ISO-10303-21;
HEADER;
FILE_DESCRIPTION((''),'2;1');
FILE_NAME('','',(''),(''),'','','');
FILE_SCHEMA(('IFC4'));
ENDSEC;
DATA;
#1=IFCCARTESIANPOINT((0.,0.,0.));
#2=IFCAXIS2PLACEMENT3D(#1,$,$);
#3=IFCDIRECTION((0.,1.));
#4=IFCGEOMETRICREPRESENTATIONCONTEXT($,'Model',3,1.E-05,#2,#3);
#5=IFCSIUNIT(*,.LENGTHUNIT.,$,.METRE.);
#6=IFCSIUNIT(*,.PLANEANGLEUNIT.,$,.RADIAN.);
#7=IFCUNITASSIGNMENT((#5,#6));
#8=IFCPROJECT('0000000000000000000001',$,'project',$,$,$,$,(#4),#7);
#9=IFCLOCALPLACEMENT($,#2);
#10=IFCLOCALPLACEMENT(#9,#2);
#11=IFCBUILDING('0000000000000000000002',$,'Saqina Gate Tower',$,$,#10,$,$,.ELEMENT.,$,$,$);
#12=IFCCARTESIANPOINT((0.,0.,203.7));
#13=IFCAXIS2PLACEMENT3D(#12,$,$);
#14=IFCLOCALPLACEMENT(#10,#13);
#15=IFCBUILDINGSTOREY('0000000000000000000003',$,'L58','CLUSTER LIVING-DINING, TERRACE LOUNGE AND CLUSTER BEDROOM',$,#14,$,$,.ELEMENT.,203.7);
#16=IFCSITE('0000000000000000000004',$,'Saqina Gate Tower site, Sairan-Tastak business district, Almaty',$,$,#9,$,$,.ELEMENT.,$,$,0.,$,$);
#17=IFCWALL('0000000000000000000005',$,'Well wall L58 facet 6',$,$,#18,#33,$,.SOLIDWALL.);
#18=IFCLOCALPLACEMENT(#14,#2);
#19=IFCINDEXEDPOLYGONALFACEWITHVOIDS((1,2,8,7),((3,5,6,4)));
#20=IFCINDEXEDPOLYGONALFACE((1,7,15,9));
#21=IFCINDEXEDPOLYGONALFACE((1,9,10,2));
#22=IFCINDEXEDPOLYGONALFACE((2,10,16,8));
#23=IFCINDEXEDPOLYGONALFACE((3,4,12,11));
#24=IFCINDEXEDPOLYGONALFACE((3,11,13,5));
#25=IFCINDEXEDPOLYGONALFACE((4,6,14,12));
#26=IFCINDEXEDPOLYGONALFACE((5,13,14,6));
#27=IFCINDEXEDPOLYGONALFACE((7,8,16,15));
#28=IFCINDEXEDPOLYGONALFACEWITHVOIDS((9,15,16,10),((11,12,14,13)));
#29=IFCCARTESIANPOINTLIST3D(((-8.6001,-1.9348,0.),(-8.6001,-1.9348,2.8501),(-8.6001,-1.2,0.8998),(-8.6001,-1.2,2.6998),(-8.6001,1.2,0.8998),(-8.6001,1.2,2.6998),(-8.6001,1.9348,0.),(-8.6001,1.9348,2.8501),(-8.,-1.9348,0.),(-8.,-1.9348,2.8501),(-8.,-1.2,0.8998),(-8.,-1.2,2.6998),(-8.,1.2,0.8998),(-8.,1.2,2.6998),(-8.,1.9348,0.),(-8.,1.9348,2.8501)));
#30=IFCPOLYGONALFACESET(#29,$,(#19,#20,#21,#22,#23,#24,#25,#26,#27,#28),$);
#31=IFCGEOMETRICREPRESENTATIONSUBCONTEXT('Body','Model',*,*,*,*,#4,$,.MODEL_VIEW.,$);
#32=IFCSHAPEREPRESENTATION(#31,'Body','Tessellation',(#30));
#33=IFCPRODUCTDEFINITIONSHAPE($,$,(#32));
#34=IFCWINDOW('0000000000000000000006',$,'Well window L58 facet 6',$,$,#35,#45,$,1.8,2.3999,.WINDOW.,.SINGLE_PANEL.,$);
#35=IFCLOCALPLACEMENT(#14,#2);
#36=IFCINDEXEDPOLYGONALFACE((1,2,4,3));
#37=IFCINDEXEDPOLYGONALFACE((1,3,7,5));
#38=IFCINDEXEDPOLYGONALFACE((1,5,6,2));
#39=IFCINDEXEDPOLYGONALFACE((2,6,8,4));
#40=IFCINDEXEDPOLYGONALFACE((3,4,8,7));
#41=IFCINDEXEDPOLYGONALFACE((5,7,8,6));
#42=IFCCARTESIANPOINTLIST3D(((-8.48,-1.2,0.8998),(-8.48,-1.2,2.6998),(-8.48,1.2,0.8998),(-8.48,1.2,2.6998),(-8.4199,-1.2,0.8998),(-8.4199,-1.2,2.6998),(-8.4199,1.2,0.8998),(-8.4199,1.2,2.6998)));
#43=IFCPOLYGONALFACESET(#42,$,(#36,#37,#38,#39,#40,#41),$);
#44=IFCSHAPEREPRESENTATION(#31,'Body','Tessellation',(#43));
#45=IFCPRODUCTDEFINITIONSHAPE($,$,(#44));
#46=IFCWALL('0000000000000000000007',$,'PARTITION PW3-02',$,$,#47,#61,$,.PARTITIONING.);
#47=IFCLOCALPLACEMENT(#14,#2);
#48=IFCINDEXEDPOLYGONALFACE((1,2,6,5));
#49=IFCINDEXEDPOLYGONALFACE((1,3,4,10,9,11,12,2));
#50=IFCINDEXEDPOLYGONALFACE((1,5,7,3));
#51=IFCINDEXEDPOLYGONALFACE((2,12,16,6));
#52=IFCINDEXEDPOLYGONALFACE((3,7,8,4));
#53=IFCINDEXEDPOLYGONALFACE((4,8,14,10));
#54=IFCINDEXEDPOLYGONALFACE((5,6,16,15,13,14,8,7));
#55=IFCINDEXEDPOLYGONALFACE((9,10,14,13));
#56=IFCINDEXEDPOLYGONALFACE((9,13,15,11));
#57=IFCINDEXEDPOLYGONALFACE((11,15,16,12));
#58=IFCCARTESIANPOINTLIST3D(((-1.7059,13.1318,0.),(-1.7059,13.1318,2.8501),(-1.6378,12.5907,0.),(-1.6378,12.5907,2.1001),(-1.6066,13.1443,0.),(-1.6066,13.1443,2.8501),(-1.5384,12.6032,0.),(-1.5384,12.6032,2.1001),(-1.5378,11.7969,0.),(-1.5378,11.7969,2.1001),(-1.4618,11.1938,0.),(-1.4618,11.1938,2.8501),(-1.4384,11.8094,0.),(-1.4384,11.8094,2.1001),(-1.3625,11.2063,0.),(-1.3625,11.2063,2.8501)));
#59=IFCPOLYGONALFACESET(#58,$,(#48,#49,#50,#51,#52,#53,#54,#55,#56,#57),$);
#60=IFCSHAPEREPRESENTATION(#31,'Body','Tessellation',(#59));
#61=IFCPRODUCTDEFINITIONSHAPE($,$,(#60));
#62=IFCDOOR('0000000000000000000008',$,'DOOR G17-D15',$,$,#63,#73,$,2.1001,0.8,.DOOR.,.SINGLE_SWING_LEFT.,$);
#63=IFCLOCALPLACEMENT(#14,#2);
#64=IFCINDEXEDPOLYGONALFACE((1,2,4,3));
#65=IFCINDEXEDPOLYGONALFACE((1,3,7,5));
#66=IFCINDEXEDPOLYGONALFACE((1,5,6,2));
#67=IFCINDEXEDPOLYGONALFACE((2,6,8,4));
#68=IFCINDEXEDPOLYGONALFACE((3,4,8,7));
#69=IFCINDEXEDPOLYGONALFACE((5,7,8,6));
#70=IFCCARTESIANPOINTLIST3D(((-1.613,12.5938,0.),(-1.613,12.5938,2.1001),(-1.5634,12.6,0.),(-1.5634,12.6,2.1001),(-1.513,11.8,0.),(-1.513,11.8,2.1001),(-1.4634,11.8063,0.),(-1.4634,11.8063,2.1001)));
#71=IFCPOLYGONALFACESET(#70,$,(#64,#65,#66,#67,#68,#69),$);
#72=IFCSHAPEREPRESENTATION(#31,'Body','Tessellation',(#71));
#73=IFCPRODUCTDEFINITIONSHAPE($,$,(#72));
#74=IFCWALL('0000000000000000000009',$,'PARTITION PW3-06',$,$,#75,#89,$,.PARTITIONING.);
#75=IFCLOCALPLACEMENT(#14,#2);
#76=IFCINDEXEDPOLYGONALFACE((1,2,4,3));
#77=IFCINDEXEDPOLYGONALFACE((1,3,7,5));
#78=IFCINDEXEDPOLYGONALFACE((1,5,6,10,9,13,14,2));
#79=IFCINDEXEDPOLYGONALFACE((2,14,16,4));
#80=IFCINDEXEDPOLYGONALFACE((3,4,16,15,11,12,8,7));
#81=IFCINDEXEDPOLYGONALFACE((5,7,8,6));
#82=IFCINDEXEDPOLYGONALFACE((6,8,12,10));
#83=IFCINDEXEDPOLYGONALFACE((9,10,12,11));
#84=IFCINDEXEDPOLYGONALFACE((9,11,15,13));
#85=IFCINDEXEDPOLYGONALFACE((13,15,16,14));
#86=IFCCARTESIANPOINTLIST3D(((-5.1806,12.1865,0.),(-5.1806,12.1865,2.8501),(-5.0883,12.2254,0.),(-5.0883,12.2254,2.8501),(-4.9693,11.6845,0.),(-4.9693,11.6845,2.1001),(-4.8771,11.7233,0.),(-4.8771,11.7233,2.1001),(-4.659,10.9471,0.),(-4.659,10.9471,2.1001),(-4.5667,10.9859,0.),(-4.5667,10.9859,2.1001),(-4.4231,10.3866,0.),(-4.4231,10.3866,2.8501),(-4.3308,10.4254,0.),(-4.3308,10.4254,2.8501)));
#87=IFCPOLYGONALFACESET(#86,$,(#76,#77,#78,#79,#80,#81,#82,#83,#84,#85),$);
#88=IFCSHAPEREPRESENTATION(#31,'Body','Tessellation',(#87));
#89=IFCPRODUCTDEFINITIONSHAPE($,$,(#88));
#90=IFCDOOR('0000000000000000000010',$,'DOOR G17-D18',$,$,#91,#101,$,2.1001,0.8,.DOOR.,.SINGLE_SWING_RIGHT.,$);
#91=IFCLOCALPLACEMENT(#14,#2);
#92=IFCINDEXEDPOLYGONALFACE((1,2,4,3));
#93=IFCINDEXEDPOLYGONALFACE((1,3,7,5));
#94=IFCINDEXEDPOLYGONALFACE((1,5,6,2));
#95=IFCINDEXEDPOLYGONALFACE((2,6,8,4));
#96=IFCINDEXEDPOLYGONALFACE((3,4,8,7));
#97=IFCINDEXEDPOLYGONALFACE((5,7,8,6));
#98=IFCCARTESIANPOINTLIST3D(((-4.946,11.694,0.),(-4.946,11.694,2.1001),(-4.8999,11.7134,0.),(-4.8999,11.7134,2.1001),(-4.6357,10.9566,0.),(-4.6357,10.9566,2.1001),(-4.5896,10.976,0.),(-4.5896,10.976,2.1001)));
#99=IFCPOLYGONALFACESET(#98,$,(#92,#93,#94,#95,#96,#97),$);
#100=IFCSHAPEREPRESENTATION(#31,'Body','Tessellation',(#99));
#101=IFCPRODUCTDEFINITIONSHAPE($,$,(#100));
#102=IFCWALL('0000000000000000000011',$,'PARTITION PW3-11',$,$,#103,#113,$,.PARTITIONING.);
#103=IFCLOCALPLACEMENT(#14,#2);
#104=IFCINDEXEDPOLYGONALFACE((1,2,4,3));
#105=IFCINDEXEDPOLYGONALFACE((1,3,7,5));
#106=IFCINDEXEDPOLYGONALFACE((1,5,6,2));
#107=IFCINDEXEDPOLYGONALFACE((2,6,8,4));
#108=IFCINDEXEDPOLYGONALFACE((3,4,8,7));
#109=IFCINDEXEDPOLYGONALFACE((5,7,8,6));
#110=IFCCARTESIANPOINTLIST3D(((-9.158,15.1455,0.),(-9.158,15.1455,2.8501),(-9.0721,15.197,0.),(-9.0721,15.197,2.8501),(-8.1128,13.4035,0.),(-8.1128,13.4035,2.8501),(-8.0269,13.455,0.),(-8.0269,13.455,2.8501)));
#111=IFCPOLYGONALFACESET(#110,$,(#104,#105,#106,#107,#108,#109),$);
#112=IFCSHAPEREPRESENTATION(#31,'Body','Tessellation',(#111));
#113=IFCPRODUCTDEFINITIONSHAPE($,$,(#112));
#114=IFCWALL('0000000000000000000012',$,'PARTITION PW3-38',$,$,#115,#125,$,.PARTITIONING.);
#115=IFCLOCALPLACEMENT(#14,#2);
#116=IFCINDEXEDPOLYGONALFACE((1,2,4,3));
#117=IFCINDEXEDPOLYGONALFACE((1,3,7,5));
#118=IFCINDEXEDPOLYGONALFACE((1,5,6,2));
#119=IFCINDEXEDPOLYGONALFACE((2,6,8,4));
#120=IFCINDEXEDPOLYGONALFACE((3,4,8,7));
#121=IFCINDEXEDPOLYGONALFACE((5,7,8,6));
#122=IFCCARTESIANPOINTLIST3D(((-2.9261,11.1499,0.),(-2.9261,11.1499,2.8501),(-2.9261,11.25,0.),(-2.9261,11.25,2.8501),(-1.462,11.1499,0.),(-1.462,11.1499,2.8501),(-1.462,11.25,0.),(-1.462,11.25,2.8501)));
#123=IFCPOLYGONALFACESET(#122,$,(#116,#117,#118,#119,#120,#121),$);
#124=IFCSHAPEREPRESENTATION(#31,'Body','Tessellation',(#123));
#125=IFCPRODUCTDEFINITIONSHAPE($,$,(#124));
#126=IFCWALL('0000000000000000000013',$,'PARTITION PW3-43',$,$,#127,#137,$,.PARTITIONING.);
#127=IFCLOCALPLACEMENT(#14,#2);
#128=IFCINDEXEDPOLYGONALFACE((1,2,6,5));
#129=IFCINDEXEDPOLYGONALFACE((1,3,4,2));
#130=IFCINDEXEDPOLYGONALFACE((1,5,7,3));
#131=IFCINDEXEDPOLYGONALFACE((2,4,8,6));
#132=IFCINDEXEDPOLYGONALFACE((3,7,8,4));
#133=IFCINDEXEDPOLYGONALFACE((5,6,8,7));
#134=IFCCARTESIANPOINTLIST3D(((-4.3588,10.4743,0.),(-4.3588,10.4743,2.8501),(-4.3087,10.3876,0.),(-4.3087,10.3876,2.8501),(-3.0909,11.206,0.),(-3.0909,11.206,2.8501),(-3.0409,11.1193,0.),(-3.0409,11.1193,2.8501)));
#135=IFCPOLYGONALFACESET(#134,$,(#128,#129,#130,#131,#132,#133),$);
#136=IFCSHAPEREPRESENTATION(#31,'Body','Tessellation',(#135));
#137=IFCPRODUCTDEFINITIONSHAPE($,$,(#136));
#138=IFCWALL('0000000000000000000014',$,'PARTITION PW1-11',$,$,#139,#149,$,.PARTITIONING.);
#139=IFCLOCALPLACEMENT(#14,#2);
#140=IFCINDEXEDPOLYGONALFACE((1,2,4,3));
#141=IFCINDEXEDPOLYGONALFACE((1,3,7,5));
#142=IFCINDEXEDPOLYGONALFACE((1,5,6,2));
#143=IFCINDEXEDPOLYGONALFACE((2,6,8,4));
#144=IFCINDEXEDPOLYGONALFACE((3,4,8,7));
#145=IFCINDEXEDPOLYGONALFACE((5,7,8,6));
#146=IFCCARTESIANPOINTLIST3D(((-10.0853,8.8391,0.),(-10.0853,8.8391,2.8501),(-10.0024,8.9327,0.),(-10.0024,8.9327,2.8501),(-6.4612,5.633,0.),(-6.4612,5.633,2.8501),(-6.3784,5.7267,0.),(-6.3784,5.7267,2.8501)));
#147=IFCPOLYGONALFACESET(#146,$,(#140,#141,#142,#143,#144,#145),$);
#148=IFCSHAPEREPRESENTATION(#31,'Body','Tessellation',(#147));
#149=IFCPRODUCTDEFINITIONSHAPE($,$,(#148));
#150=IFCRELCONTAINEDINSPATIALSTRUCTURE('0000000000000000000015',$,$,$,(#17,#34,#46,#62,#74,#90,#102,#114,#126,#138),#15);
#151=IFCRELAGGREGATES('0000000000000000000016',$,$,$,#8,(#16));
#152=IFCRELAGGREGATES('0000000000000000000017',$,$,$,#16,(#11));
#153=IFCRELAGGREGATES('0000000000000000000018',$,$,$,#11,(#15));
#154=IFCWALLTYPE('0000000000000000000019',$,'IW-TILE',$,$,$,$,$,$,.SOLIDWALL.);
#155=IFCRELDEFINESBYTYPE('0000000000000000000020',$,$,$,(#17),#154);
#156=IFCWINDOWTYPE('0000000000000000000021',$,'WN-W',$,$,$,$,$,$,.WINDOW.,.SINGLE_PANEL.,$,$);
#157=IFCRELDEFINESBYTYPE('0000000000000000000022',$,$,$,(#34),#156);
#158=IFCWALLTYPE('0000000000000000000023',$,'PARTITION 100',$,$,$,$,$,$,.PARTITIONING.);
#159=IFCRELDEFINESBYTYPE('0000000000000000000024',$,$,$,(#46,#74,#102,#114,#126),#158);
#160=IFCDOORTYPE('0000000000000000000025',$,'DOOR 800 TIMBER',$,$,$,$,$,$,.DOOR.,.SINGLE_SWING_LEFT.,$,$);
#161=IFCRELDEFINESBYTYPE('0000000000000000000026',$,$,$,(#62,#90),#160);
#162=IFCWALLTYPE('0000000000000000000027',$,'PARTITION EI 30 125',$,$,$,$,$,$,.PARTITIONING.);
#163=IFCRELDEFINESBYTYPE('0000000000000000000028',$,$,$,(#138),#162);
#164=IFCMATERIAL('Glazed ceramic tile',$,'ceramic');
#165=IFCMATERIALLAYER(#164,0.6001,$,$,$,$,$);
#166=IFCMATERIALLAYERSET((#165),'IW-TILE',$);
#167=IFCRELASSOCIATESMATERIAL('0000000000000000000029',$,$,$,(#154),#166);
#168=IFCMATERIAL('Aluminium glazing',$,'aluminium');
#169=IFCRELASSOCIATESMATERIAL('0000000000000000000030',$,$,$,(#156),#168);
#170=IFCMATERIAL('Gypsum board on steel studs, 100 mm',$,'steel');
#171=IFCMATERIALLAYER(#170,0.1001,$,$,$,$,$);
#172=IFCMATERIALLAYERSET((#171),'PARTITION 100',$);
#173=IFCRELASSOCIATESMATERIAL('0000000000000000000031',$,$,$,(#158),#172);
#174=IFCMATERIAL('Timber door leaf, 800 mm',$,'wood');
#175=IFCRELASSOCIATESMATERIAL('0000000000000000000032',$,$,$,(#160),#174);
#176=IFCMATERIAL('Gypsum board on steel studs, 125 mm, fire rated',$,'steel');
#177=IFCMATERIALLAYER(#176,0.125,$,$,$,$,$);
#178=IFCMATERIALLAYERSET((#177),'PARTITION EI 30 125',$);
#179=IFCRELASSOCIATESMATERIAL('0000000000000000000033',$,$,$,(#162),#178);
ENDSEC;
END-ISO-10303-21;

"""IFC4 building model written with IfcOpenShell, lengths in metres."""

from ifc_helpers import new_model, si_unit, direction, frame, frame_2d, origin, place, context, subcontext, project, spatial, rectangle, extrude, material, layer, layer_set, type_object, element, fill, save


model = new_model("IFC4")

# Units and contexts
model_context = context("Model", 3, precision=1e-05, world=origin(), true_north=direction((0.0, 1.0)))
body_context = subcontext(model_context, "Body", "Model", "MODEL_VIEW")
ifc_project = project(units=[si_unit("LENGTHUNIT", "METRE"), si_unit("PLANEANGLEUNIT", "RADIAN")], contexts=[model_context])

# Site, building, storey
site_placement = place(None, origin())
site = spatial("IfcSite", under=ifc_project, at=site_placement, Name="Saqina Gate Tower site, Sairan-Tastak business district, Almaty", CompositionType="ELEMENT", RefElevation=0.0)
building_placement = place(site_placement, origin())
building = spatial("IfcBuilding", under=site, at=building_placement, Name="Saqina Gate Tower", CompositionType="ELEMENT")
storey_placement = place(building_placement, frame((0.0, 0.0, 203.7)))
storey = spatial("IfcBuildingStorey", under=building, at=storey_placement, Name="L58", Description="CLUSTER LIVING-DINING, TERRACE LOUNGE AND CLUSTER BEDROOM", CompositionType="ELEMENT", Elevation=203.7)

# Wall, opening, window
ifc_material_1 = material(Name="Glazed ceramic tile", Category="ceramic")
ifc_layer_1 = layer(ifc_material_1, 0.6001)
ifc_layer_set_1 = layer_set([ifc_layer_1], Name="IW-TILE")
wall_type_1 = type_object("IfcWallType", Name="IW-TILE", PredefinedType="SOLIDWALL", material=ifc_layer_set_1)
ifc_material_2 = material(Name="Aluminium glazing", Category="aluminium")
window_type = type_object("IfcWindowType", Name="WN-W", PartitioningType="SINGLE_PANEL", PredefinedType="WINDOW", material=ifc_material_2)
wall_1_placement = place(storey_placement, frame((-8.3, 1.9348, 0.0), z_axis=(0.0, 0.0, 1.0), x_axis=(0.0, -1.0, 0.0)))
wall_1 = element("IfcWall", 1, at=wall_1_placement, inside=storey, type_object=wall_type_1, Name="Well wall L58 facet 6", PredefinedType="SOLIDWALL", context=body_context, shape_type="SweptSolid", body=[
    extrude(rectangle(XDim=3.8696, YDim=0.6001, at=frame_2d((1.9348, 0.0))), origin(), (0.0, 0.0, 1.0), 2.8501),
])
opening_1_placement = place(wall_1_placement, frame((0.7349, 0.0, 0.8999)))
opening_1 = element("IfcOpeningElement", 2, at=opening_1_placement, cuts=wall_1, PredefinedType="OPENING", context=body_context, shape_type="SweptSolid", body=[
    extrude(rectangle(XDim=2.3999, YDim=1.8, at=frame_2d((1.2, 0.8999))), frame((0.0, 0.312, 0.0), z_axis=(0.0, -1.0, 0.0), x_axis=(1.0, 0.0, 0.0)), (0.0, 0.0, 1.0), 0.624),
])
window_1_placement = place(opening_1_placement, origin())
window_1 = element("IfcWindow", 3, at=window_1_placement, inside=storey, type_object=window_type, Name="Well window L58 facet 6", OverallHeight=1.8, OverallWidth=2.3999, PartitioningType="SINGLE_PANEL", PredefinedType="WINDOW", context=body_context, shape_type="SweptSolid", body=[
    extrude(rectangle(XDim=2.3999, YDim=1.8, at=frame_2d((1.2, 0.8999))), frame((0.0, -0.1199, 0.0), z_axis=(0.0, -1.0, 0.0), x_axis=(1.0, 0.0, 0.0)), (0.0, 0.0, 1.0), 0.0601),
])
fill(opening_1, window_1)

# Walls, openings, doors
ifc_material_3 = material(Name="Gypsum board on steel studs, 100 mm", Category="steel")
ifc_layer_2 = layer(ifc_material_3, 0.1001)
ifc_layer_set_2 = layer_set([ifc_layer_2], Name="PARTITION 100")
wall_type_2 = type_object("IfcWallType", Name="PARTITION 100", PredefinedType="PARTITIONING", material=ifc_layer_set_2)
wall_2_placement = place(storey_placement, frame((-1.6562, 13.1379, 0.0), z_axis=(0.0, 0.0, 1.0), x_axis=(0.124988, -0.992158, 0.0)))
wall_2 = element("IfcWall", 4, at=wall_2_placement, inside=storey, type_object=wall_type_2, Name="PARTITION PW3-02", PredefinedType="PARTITIONING", context=body_context, shape_type="SweptSolid", body=[
    extrude(rectangle(XDim=1.9534, YDim=0.1001, at=frame_2d((0.9766, 0.0))), origin(), (0.0, 0.0, 1.0), 2.8501),
])
opening_2_placement = place(wall_2_placement, frame((0.5454, 0.0, 0.0)))
opening_2 = element("IfcOpeningElement", 5, at=opening_2_placement, cuts=wall_2, PredefinedType="OPENING", context=body_context, shape_type="SweptSolid", body=[
    extrude(rectangle(XDim=0.8, YDim=2.1001, at=frame_2d((0.3999, 1.05))), frame((0.0, 0.062, 0.0), z_axis=(0.0, -1.0, 0.0), x_axis=(1.0, 0.0, 0.0)), (0.0, 0.0, 1.0), 0.124),
])
ifc_material_4 = material(Name="Timber door leaf, 800 mm", Category="wood")
door_type_1 = type_object("IfcDoorType", Name="DOOR 800 TIMBER", OperationType="SINGLE_SWING_LEFT", PredefinedType="DOOR", material=ifc_material_4)
door_1_placement = place(opening_2_placement, origin())
door_1 = element("IfcDoor", 6, at=door_1_placement, inside=storey, type_object=door_type_1, Name="DOOR G17-D15", OperationType="SINGLE_SWING_LEFT", OverallHeight=2.1001, OverallWidth=0.8, PredefinedType="DOOR", context=body_context, shape_type="SweptSolid", body=[
    extrude(rectangle(XDim=0.8, YDim=2.1001, at=frame_2d((0.3999, 1.05))), frame((0.0, 0.0249, 0.0), z_axis=(0.0, -1.0, 0.0), x_axis=(1.0, 0.0, 0.0)), (0.0, 0.0, 1.0), 0.05),
])
fill(opening_2, door_1)
wall_3_placement = place(storey_placement, frame((-5.1345, 12.2061, 0.0), z_axis=(0.0, 0.0, 1.0), x_axis=(0.387906, -0.921699, 0.0)))
wall_3 = element("IfcWall", 7, at=wall_3_placement, inside=storey, type_object=wall_type_2, Name="PARTITION PW3-06", PredefinedType="PARTITIONING", context=body_context, shape_type="SweptSolid", body=[
    extrude(rectangle(XDim=1.9529, YDim=0.1001, at=frame_2d((0.9766, 0.0))), origin(), (0.0, 0.0, 1.0), 2.8501),
])
opening_3_placement = place(wall_3_placement, frame((0.5449, 0.0, 0.0)))
opening_3 = element("IfcOpeningElement", 8, at=opening_3_placement, cuts=wall_3, PredefinedType="OPENING", context=body_context, shape_type="SweptSolid", body=[
    extrude(rectangle(XDim=0.8, YDim=2.1001, at=frame_2d((0.3999, 1.05))), frame((0.0, 0.062, 0.0), z_axis=(0.0, -1.0, 0.0), x_axis=(1.0, 0.0, 0.0)), (0.0, 0.0, 1.0), 0.124),
])
door_2_placement = place(opening_3_placement, frame((0.8, 0.0, 0.0), z_axis=(0.0, 0.0, 1.0), x_axis=(-1.0, 0.0, 0.0)))
door_2 = element("IfcDoor", 9, at=door_2_placement, inside=storey, type_object=door_type_1, Name="DOOR G17-D18", OperationType="SINGLE_SWING_RIGHT", OverallHeight=2.1001, OverallWidth=0.8, PredefinedType="DOOR", context=body_context, shape_type="SweptSolid", body=[
    extrude(rectangle(XDim=0.8, YDim=2.1001, at=frame_2d((0.3999, 1.05))), frame((0.0, 0.0249, 0.0), z_axis=(0.0, -1.0, 0.0), x_axis=(1.0, 0.0, 0.0)), (0.0, 0.0, 1.0), 0.05),
])
fill(opening_3, door_2)

# Walls
wall_4_placement = place(storey_placement, frame((-9.115, 15.1711, 0.0), z_axis=(0.0, 0.0, 1.0), x_axis=(0.514496, -0.857493, 0.0)))
element("IfcWall", 10, at=wall_4_placement, inside=storey, type_object=wall_type_2, Name="PARTITION PW3-11", PredefinedType="PARTITIONING", context=body_context, shape_type="SweptSolid", body=[
    extrude(rectangle(XDim=2.0315, YDim=0.1001, at=frame_2d((1.0156, 0.0))), origin(), (0.0, 0.0, 1.0), 2.8501),
])
wall_5_placement = place(storey_placement, frame((-2.926, 11.2, 0.0), z_axis=(0.0, 0.0, 1.0), x_axis=(1.0, 0.0, 0.0)))
element("IfcWall", 11, at=wall_5_placement, inside=storey, type_object=wall_type_2, Name="PARTITION PW3-38", PredefinedType="PARTITIONING", context=body_context, shape_type="SweptSolid", body=[
    extrude(rectangle(XDim=1.4641, YDim=0.1001, at=frame_2d((0.7319, 0.0))), origin(), (0.0, 0.0, 1.0), 2.8501),
])
wall_6_placement = place(storey_placement, frame((-4.3337, 10.4309, 0.0), z_axis=(0.0, 0.0, 1.0), x_axis=(0.866111, 0.499852, 0.0)))
element("IfcWall", 12, at=wall_6_placement, inside=storey, type_object=wall_type_2, Name="PARTITION PW3-43", PredefinedType="PARTITIONING", context=body_context, shape_type="SweptSolid", body=[
    extrude(rectangle(XDim=1.4639, YDim=0.1001, at=frame_2d((0.7319, 0.0))), origin(), (0.0, 0.0, 1.0), 2.8501),
])
ifc_material_5 = material(Name="Gypsum board on steel studs, 125 mm, fire rated", Category="steel")
ifc_layer_3 = layer(ifc_material_5, 0.125)
ifc_layer_set_3 = layer_set([ifc_layer_3], Name="PARTITION EI 30 125")
wall_type_3 = type_object("IfcWallType", Name="PARTITION EI 30 125", PredefinedType="PARTITIONING", material=ifc_layer_set_3)
wall_7_placement = place(storey_placement, frame((-10.0439, 8.886, 0.0), z_axis=(0.0, 0.0, 1.0), x_axis=(0.748977, -0.662596, 0.0)))
element("IfcWall", 13, at=wall_7_placement, inside=storey, type_object=wall_type_3, Name="PARTITION PW1-11", PredefinedType="PARTITIONING", context=body_context, shape_type="SweptSolid", body=[
    extrude(rectangle(XDim=4.8386, YDim=0.125, at=frame_2d((2.4194, 0.0))), origin(), (0.0, 0.0, 1.0), 2.8501),
])

save(model, "model.ifc")
